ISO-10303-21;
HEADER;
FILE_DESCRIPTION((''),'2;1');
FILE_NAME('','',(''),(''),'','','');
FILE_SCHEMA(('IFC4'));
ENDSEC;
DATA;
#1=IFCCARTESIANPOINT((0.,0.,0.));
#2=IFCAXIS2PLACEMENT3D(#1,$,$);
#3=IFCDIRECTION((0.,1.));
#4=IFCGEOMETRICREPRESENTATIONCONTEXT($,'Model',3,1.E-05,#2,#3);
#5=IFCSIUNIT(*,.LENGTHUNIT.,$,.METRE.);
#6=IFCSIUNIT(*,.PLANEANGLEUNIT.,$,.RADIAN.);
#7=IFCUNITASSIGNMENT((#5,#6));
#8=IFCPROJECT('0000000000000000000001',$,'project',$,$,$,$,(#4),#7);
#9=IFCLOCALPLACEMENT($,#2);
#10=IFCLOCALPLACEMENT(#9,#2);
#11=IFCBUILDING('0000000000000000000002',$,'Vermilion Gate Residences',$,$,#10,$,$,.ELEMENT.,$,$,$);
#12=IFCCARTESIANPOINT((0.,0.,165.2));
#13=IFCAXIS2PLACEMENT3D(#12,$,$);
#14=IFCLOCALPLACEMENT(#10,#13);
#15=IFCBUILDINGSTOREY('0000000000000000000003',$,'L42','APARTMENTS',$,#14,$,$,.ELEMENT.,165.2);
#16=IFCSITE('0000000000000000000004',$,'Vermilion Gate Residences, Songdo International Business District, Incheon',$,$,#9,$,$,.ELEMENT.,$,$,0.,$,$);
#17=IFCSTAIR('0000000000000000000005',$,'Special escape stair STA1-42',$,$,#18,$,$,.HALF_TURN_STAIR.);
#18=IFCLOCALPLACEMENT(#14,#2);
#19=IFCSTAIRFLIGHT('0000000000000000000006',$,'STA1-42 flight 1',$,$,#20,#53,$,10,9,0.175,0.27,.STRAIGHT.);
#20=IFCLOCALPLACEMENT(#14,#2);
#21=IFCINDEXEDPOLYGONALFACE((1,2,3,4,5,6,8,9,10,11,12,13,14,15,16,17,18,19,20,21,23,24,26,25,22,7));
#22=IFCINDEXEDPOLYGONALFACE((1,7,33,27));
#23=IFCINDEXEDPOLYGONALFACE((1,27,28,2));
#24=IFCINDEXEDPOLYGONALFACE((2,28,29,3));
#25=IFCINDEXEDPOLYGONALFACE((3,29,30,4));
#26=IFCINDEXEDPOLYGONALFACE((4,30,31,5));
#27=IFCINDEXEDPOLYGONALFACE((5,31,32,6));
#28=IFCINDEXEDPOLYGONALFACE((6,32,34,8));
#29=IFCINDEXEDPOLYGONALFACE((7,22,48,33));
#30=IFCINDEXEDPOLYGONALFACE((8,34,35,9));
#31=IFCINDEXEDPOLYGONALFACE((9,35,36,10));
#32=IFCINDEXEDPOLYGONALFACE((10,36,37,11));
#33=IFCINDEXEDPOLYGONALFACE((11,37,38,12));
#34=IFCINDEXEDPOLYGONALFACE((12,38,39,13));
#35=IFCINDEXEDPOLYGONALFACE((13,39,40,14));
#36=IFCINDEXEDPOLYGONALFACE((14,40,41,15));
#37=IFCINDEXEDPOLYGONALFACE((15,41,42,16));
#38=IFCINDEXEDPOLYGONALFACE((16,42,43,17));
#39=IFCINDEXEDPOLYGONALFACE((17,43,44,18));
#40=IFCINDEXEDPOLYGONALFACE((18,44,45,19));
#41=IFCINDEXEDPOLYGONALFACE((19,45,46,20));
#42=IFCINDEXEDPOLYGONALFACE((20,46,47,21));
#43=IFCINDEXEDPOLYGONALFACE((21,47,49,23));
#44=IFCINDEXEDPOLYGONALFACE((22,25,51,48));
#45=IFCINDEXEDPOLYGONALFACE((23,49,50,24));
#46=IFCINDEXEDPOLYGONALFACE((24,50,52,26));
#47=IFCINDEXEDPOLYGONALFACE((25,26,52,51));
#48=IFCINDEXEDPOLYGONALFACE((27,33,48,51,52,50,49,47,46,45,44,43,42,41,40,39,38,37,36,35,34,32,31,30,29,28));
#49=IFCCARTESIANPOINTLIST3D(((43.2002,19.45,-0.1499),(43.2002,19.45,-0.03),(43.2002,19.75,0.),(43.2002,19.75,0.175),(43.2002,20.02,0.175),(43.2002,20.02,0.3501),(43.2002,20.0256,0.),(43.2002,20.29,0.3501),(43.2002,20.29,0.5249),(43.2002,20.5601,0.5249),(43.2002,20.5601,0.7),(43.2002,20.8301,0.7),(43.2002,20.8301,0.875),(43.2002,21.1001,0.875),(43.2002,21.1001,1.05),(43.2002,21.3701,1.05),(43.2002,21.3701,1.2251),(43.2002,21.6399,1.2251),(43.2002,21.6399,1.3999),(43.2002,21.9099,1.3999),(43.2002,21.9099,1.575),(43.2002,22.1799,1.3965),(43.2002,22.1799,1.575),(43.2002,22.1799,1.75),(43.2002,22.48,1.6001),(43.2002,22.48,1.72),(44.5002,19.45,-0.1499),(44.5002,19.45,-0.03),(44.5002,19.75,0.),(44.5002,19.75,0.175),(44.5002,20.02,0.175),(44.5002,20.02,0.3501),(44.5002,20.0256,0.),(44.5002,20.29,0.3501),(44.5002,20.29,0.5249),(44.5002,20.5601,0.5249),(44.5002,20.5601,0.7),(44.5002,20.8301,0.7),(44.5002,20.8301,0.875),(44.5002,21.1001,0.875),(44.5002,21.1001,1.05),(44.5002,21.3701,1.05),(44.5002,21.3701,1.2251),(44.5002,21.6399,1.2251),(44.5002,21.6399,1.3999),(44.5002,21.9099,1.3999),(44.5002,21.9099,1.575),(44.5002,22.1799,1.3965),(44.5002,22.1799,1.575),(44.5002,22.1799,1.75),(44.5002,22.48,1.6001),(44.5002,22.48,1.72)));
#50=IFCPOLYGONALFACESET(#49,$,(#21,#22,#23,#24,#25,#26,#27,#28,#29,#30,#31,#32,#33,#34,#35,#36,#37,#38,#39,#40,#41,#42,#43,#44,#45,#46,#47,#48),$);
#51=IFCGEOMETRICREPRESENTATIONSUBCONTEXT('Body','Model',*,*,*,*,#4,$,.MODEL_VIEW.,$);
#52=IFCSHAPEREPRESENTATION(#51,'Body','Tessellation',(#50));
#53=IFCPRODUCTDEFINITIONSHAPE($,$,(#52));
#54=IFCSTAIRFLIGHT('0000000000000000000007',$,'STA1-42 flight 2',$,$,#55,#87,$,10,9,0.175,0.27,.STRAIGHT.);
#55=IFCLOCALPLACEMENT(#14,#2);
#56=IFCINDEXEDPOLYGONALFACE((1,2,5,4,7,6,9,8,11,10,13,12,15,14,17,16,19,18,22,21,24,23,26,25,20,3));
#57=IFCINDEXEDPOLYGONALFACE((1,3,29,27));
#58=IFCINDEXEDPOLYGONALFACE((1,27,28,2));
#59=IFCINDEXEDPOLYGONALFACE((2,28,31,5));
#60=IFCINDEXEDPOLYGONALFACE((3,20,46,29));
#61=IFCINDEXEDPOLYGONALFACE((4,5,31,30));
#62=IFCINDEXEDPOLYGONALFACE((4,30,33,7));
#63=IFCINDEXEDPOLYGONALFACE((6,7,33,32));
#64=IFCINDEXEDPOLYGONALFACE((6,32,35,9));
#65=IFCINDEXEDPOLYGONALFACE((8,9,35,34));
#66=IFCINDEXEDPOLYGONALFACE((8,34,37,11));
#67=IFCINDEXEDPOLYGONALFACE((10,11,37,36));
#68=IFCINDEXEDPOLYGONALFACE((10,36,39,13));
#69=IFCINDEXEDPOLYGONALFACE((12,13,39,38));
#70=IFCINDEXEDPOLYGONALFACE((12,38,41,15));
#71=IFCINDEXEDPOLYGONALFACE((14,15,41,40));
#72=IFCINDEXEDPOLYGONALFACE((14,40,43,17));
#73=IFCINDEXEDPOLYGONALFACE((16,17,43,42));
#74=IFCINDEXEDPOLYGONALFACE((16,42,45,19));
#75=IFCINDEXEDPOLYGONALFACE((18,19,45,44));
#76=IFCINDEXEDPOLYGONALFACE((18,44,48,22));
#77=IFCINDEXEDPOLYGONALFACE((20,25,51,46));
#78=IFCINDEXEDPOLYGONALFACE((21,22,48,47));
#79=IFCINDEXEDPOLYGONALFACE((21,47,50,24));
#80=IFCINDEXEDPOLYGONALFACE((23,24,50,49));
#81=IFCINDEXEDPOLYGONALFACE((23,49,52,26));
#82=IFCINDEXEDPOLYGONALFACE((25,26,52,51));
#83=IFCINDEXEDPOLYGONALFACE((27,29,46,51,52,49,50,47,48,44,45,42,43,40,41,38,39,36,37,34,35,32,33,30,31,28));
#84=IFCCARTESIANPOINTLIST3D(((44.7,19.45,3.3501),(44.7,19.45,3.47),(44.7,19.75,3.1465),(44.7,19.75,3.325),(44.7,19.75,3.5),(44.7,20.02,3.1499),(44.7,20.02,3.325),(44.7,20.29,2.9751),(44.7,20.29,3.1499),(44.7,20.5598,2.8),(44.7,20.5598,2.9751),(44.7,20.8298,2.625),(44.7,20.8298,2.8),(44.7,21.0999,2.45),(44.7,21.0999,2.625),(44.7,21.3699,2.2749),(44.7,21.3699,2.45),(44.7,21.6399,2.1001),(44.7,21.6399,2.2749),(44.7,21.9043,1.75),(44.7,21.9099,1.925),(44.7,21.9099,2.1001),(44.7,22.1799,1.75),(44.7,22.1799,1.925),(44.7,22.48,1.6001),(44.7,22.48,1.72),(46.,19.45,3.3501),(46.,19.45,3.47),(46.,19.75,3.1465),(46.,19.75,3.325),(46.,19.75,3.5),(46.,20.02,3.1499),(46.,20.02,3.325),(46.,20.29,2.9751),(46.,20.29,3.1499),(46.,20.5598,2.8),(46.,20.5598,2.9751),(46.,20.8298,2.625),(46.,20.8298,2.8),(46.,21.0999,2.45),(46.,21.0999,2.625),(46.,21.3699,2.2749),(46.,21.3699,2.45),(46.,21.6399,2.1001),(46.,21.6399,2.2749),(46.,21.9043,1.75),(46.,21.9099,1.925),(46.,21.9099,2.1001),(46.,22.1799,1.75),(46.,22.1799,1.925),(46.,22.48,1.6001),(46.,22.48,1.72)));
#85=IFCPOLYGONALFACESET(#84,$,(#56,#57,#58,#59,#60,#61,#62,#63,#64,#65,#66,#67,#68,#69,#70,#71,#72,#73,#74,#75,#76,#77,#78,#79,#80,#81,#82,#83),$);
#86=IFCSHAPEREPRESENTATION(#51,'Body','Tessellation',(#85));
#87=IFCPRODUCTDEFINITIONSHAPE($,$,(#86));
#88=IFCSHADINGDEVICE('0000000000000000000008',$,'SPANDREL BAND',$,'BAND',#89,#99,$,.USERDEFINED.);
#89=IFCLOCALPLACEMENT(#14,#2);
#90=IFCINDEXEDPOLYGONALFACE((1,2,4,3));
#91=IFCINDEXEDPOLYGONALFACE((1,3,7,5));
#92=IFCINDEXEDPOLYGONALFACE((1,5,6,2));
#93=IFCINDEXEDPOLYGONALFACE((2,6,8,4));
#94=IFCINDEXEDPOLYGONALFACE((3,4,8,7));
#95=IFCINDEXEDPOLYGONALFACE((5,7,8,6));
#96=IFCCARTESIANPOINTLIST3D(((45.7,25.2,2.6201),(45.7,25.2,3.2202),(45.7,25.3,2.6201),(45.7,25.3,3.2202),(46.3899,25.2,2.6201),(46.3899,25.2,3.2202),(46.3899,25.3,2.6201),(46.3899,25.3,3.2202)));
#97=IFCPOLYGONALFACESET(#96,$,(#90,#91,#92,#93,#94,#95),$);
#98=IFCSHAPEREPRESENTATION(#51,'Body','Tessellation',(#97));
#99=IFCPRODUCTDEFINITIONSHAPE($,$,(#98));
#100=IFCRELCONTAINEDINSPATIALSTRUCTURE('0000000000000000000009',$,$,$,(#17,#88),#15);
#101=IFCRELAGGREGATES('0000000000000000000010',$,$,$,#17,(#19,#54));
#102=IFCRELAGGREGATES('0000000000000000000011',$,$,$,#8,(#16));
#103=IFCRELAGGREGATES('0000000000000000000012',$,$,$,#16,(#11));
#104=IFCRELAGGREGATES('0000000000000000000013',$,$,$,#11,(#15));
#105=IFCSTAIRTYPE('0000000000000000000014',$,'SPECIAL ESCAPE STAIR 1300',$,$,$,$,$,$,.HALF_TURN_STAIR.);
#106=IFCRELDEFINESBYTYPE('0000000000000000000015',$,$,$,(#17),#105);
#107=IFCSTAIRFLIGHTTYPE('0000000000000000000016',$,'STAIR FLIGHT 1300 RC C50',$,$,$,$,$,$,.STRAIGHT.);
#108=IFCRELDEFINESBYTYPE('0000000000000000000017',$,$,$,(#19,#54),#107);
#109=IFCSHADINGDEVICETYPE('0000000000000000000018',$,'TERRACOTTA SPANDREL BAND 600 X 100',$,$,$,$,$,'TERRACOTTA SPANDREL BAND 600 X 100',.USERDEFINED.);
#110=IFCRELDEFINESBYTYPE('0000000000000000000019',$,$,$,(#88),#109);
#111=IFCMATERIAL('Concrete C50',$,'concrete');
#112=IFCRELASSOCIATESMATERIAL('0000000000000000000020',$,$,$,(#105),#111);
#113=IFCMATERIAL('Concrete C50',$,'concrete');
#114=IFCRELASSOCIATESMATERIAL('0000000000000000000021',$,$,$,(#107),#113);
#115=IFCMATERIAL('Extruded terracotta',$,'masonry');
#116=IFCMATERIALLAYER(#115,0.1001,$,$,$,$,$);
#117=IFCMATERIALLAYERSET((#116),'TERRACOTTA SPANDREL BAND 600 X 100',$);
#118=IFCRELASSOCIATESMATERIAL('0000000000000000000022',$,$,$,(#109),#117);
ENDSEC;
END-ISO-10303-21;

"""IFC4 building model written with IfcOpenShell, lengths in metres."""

from ifc_helpers import new_model, si_unit, direction, frame, origin, origin_2d, place, context, subcontext, project, spatial, polyline, rectangle, outline, extrude, material, layer, layer_set, type_object, element, aggregate, save


model = new_model("IFC4")

# Units and contexts
model_context = context("Model", 3, precision=1e-05, world=origin(), true_north=direction((0.0, 1.0)))
body_context = subcontext(model_context, "Body", "Model", "MODEL_VIEW")
ifc_project = project(units=[si_unit("LENGTHUNIT", "METRE"), si_unit("PLANEANGLEUNIT", "RADIAN")], contexts=[model_context])

# Site, building, storey
site_placement = place(None, origin())
site = spatial("IfcSite", under=ifc_project, at=site_placement, Name="Vermilion Gate Residences, Songdo International Business District, Incheon", CompositionType="ELEMENT", RefElevation=0.0)
building_placement = place(site_placement, origin())
building = spatial("IfcBuilding", under=site, at=building_placement, Name="Vermilion Gate Residences", CompositionType="ELEMENT")
storey_placement = place(building_placement, frame((0.0, 0.0, 165.2)))
storey = spatial("IfcBuildingStorey", under=building, at=storey_placement, Name="L42", Description="APARTMENTS", CompositionType="ELEMENT", Elevation=165.2)

# Stair, stair flights
ifc_material_1 = material(Name="Concrete C50", Category="concrete")
stair_type = type_object("IfcStairType", Name="SPECIAL ESCAPE STAIR 1300", PredefinedType="HALF_TURN_STAIR", material=ifc_material_1)
stair_placement = place(storey_placement, origin())
stair = element("IfcStair", 1, at=stair_placement, inside=storey, type_object=stair_type, Name="Special escape stair STA1-42", PredefinedType="HALF_TURN_STAIR")
ifc_material_2 = material(Name="Concrete C50", Category="concrete")
stair_flight_type = type_object("IfcStairFlightType", Name="STAIR FLIGHT 1300 RC C50", PredefinedType="STRAIGHT", material=ifc_material_2)
stair_flight_1_placement = place(storey_placement, frame((43.8501, 19.75, 0.0), z_axis=(0.0, 0.0, 1.0), x_axis=(0.0, 1.0, 0.0)))
stair_flight_1 = element("IfcStairFlight", 2, at=stair_flight_1_placement, type_object=stair_flight_type, Name="STA1-42 flight 1", NumberOfRisers=10, NumberOfTreads=9, PredefinedType="STRAIGHT", RiserHeight=0.175, TreadLength=0.27, context=body_context, shape_type="SweptSolid", body=[
    extrude(outline(polyline([(-0.3, -0.1499), (-0.3, -0.03), (0.0, 0.0), (0.0, 0.175), (0.27, 0.175), (0.27, 0.3501), (0.54, 0.3501), (0.54, 0.5249), (0.8101, 0.5249), (0.8101, 0.7), (1.0801, 0.7), (1.0801, 0.875), (1.3501, 0.875), (1.3501, 1.05), (1.6201, 1.05), (1.6201, 1.2251), (1.8899, 1.2251), (1.8899, 1.3999), (2.1599, 1.3999), (2.1599, 1.575), (2.4299, 1.575), (2.4299, 1.75), (2.73, 1.72), (2.73, 1.6001), (2.4299, 1.3965), (0.2756, 0.0), (-0.3, -0.1499)])), frame((0.0, 0.6499, 0.0), z_axis=(0.0, -1.0, 0.0), x_axis=(1.0, 0.0, 0.0)), (0.0, 0.0, 1.0), 1.3),
])
stair_flight_2_placement = place(storey_placement, frame((45.3501, 22.1799, 1.75), z_axis=(0.0, 0.0, 1.0), x_axis=(0.0, -1.0, 0.0)))
stair_flight_2 = element("IfcStairFlight", 3, at=stair_flight_2_placement, type_object=stair_flight_type, Name="STA1-42 flight 2", NumberOfRisers=10, NumberOfTreads=9, PredefinedType="STRAIGHT", RiserHeight=0.175, TreadLength=0.27, context=body_context, shape_type="SweptSolid", body=[
    extrude(outline(polyline([(-0.3, -0.1499), (-0.3, -0.03), (0.0, 0.0), (0.0, 0.175), (0.27, 0.175), (0.27, 0.3501), (0.54, 0.3501), (0.54, 0.5249), (0.8101, 0.5249), (0.8101, 0.7), (1.0801, 0.7), (1.0801, 0.875), (1.3501, 0.875), (1.3501, 1.05), (1.6201, 1.05), (1.6201, 1.2251), (1.8899, 1.2251), (1.8899, 1.3999), (2.1599, 1.3999), (2.1599, 1.575), (2.4299, 1.575), (2.4299, 1.75), (2.73, 1.72), (2.73, 1.6001), (2.4299, 1.3965), (0.2756, 0.0), (-0.3, -0.1499)])), frame((0.0, 0.6499, 0.0), z_axis=(0.0, -1.0, 0.0), x_axis=(1.0, 0.0, 0.0)), (0.0, 0.0, 1.0), 1.3),
])
aggregate(stair, [stair_flight_1, stair_flight_2])

# Shading device
ifc_material_3 = material(Name="Extruded terracotta", Category="masonry")
ifc_layer_1 = layer(ifc_material_3, 0.1001)
ifc_layer_set_1 = layer_set([ifc_layer_1], Name="TERRACOTTA SPANDREL BAND 600 X 100")
shading_device_type = type_object("IfcShadingDeviceType", Name="TERRACOTTA SPANDREL BAND 600 X 100", ElementType="TERRACOTTA SPANDREL BAND 600 X 100", PredefinedType="USERDEFINED", material=ifc_layer_set_1)
shading_device_placement = place(storey_placement, frame((46.0449, 25.25, 2.6201), z_axis=(0.0, 0.0, 1.0), x_axis=(1.0, 0.0, 0.0)))
element("IfcShadingDevice", 4, at=shading_device_placement, inside=storey, type_object=shading_device_type, Name="SPANDREL BAND", ObjectType="BAND", PredefinedType="USERDEFINED", context=body_context, shape_type="SweptSolid", body=[
    extrude(rectangle(XDim=0.6899, YDim=0.1001, at=origin_2d()), origin(), (0.0, 0.0, 1.0), 0.6001),
])

save(model, "model.ifc")
